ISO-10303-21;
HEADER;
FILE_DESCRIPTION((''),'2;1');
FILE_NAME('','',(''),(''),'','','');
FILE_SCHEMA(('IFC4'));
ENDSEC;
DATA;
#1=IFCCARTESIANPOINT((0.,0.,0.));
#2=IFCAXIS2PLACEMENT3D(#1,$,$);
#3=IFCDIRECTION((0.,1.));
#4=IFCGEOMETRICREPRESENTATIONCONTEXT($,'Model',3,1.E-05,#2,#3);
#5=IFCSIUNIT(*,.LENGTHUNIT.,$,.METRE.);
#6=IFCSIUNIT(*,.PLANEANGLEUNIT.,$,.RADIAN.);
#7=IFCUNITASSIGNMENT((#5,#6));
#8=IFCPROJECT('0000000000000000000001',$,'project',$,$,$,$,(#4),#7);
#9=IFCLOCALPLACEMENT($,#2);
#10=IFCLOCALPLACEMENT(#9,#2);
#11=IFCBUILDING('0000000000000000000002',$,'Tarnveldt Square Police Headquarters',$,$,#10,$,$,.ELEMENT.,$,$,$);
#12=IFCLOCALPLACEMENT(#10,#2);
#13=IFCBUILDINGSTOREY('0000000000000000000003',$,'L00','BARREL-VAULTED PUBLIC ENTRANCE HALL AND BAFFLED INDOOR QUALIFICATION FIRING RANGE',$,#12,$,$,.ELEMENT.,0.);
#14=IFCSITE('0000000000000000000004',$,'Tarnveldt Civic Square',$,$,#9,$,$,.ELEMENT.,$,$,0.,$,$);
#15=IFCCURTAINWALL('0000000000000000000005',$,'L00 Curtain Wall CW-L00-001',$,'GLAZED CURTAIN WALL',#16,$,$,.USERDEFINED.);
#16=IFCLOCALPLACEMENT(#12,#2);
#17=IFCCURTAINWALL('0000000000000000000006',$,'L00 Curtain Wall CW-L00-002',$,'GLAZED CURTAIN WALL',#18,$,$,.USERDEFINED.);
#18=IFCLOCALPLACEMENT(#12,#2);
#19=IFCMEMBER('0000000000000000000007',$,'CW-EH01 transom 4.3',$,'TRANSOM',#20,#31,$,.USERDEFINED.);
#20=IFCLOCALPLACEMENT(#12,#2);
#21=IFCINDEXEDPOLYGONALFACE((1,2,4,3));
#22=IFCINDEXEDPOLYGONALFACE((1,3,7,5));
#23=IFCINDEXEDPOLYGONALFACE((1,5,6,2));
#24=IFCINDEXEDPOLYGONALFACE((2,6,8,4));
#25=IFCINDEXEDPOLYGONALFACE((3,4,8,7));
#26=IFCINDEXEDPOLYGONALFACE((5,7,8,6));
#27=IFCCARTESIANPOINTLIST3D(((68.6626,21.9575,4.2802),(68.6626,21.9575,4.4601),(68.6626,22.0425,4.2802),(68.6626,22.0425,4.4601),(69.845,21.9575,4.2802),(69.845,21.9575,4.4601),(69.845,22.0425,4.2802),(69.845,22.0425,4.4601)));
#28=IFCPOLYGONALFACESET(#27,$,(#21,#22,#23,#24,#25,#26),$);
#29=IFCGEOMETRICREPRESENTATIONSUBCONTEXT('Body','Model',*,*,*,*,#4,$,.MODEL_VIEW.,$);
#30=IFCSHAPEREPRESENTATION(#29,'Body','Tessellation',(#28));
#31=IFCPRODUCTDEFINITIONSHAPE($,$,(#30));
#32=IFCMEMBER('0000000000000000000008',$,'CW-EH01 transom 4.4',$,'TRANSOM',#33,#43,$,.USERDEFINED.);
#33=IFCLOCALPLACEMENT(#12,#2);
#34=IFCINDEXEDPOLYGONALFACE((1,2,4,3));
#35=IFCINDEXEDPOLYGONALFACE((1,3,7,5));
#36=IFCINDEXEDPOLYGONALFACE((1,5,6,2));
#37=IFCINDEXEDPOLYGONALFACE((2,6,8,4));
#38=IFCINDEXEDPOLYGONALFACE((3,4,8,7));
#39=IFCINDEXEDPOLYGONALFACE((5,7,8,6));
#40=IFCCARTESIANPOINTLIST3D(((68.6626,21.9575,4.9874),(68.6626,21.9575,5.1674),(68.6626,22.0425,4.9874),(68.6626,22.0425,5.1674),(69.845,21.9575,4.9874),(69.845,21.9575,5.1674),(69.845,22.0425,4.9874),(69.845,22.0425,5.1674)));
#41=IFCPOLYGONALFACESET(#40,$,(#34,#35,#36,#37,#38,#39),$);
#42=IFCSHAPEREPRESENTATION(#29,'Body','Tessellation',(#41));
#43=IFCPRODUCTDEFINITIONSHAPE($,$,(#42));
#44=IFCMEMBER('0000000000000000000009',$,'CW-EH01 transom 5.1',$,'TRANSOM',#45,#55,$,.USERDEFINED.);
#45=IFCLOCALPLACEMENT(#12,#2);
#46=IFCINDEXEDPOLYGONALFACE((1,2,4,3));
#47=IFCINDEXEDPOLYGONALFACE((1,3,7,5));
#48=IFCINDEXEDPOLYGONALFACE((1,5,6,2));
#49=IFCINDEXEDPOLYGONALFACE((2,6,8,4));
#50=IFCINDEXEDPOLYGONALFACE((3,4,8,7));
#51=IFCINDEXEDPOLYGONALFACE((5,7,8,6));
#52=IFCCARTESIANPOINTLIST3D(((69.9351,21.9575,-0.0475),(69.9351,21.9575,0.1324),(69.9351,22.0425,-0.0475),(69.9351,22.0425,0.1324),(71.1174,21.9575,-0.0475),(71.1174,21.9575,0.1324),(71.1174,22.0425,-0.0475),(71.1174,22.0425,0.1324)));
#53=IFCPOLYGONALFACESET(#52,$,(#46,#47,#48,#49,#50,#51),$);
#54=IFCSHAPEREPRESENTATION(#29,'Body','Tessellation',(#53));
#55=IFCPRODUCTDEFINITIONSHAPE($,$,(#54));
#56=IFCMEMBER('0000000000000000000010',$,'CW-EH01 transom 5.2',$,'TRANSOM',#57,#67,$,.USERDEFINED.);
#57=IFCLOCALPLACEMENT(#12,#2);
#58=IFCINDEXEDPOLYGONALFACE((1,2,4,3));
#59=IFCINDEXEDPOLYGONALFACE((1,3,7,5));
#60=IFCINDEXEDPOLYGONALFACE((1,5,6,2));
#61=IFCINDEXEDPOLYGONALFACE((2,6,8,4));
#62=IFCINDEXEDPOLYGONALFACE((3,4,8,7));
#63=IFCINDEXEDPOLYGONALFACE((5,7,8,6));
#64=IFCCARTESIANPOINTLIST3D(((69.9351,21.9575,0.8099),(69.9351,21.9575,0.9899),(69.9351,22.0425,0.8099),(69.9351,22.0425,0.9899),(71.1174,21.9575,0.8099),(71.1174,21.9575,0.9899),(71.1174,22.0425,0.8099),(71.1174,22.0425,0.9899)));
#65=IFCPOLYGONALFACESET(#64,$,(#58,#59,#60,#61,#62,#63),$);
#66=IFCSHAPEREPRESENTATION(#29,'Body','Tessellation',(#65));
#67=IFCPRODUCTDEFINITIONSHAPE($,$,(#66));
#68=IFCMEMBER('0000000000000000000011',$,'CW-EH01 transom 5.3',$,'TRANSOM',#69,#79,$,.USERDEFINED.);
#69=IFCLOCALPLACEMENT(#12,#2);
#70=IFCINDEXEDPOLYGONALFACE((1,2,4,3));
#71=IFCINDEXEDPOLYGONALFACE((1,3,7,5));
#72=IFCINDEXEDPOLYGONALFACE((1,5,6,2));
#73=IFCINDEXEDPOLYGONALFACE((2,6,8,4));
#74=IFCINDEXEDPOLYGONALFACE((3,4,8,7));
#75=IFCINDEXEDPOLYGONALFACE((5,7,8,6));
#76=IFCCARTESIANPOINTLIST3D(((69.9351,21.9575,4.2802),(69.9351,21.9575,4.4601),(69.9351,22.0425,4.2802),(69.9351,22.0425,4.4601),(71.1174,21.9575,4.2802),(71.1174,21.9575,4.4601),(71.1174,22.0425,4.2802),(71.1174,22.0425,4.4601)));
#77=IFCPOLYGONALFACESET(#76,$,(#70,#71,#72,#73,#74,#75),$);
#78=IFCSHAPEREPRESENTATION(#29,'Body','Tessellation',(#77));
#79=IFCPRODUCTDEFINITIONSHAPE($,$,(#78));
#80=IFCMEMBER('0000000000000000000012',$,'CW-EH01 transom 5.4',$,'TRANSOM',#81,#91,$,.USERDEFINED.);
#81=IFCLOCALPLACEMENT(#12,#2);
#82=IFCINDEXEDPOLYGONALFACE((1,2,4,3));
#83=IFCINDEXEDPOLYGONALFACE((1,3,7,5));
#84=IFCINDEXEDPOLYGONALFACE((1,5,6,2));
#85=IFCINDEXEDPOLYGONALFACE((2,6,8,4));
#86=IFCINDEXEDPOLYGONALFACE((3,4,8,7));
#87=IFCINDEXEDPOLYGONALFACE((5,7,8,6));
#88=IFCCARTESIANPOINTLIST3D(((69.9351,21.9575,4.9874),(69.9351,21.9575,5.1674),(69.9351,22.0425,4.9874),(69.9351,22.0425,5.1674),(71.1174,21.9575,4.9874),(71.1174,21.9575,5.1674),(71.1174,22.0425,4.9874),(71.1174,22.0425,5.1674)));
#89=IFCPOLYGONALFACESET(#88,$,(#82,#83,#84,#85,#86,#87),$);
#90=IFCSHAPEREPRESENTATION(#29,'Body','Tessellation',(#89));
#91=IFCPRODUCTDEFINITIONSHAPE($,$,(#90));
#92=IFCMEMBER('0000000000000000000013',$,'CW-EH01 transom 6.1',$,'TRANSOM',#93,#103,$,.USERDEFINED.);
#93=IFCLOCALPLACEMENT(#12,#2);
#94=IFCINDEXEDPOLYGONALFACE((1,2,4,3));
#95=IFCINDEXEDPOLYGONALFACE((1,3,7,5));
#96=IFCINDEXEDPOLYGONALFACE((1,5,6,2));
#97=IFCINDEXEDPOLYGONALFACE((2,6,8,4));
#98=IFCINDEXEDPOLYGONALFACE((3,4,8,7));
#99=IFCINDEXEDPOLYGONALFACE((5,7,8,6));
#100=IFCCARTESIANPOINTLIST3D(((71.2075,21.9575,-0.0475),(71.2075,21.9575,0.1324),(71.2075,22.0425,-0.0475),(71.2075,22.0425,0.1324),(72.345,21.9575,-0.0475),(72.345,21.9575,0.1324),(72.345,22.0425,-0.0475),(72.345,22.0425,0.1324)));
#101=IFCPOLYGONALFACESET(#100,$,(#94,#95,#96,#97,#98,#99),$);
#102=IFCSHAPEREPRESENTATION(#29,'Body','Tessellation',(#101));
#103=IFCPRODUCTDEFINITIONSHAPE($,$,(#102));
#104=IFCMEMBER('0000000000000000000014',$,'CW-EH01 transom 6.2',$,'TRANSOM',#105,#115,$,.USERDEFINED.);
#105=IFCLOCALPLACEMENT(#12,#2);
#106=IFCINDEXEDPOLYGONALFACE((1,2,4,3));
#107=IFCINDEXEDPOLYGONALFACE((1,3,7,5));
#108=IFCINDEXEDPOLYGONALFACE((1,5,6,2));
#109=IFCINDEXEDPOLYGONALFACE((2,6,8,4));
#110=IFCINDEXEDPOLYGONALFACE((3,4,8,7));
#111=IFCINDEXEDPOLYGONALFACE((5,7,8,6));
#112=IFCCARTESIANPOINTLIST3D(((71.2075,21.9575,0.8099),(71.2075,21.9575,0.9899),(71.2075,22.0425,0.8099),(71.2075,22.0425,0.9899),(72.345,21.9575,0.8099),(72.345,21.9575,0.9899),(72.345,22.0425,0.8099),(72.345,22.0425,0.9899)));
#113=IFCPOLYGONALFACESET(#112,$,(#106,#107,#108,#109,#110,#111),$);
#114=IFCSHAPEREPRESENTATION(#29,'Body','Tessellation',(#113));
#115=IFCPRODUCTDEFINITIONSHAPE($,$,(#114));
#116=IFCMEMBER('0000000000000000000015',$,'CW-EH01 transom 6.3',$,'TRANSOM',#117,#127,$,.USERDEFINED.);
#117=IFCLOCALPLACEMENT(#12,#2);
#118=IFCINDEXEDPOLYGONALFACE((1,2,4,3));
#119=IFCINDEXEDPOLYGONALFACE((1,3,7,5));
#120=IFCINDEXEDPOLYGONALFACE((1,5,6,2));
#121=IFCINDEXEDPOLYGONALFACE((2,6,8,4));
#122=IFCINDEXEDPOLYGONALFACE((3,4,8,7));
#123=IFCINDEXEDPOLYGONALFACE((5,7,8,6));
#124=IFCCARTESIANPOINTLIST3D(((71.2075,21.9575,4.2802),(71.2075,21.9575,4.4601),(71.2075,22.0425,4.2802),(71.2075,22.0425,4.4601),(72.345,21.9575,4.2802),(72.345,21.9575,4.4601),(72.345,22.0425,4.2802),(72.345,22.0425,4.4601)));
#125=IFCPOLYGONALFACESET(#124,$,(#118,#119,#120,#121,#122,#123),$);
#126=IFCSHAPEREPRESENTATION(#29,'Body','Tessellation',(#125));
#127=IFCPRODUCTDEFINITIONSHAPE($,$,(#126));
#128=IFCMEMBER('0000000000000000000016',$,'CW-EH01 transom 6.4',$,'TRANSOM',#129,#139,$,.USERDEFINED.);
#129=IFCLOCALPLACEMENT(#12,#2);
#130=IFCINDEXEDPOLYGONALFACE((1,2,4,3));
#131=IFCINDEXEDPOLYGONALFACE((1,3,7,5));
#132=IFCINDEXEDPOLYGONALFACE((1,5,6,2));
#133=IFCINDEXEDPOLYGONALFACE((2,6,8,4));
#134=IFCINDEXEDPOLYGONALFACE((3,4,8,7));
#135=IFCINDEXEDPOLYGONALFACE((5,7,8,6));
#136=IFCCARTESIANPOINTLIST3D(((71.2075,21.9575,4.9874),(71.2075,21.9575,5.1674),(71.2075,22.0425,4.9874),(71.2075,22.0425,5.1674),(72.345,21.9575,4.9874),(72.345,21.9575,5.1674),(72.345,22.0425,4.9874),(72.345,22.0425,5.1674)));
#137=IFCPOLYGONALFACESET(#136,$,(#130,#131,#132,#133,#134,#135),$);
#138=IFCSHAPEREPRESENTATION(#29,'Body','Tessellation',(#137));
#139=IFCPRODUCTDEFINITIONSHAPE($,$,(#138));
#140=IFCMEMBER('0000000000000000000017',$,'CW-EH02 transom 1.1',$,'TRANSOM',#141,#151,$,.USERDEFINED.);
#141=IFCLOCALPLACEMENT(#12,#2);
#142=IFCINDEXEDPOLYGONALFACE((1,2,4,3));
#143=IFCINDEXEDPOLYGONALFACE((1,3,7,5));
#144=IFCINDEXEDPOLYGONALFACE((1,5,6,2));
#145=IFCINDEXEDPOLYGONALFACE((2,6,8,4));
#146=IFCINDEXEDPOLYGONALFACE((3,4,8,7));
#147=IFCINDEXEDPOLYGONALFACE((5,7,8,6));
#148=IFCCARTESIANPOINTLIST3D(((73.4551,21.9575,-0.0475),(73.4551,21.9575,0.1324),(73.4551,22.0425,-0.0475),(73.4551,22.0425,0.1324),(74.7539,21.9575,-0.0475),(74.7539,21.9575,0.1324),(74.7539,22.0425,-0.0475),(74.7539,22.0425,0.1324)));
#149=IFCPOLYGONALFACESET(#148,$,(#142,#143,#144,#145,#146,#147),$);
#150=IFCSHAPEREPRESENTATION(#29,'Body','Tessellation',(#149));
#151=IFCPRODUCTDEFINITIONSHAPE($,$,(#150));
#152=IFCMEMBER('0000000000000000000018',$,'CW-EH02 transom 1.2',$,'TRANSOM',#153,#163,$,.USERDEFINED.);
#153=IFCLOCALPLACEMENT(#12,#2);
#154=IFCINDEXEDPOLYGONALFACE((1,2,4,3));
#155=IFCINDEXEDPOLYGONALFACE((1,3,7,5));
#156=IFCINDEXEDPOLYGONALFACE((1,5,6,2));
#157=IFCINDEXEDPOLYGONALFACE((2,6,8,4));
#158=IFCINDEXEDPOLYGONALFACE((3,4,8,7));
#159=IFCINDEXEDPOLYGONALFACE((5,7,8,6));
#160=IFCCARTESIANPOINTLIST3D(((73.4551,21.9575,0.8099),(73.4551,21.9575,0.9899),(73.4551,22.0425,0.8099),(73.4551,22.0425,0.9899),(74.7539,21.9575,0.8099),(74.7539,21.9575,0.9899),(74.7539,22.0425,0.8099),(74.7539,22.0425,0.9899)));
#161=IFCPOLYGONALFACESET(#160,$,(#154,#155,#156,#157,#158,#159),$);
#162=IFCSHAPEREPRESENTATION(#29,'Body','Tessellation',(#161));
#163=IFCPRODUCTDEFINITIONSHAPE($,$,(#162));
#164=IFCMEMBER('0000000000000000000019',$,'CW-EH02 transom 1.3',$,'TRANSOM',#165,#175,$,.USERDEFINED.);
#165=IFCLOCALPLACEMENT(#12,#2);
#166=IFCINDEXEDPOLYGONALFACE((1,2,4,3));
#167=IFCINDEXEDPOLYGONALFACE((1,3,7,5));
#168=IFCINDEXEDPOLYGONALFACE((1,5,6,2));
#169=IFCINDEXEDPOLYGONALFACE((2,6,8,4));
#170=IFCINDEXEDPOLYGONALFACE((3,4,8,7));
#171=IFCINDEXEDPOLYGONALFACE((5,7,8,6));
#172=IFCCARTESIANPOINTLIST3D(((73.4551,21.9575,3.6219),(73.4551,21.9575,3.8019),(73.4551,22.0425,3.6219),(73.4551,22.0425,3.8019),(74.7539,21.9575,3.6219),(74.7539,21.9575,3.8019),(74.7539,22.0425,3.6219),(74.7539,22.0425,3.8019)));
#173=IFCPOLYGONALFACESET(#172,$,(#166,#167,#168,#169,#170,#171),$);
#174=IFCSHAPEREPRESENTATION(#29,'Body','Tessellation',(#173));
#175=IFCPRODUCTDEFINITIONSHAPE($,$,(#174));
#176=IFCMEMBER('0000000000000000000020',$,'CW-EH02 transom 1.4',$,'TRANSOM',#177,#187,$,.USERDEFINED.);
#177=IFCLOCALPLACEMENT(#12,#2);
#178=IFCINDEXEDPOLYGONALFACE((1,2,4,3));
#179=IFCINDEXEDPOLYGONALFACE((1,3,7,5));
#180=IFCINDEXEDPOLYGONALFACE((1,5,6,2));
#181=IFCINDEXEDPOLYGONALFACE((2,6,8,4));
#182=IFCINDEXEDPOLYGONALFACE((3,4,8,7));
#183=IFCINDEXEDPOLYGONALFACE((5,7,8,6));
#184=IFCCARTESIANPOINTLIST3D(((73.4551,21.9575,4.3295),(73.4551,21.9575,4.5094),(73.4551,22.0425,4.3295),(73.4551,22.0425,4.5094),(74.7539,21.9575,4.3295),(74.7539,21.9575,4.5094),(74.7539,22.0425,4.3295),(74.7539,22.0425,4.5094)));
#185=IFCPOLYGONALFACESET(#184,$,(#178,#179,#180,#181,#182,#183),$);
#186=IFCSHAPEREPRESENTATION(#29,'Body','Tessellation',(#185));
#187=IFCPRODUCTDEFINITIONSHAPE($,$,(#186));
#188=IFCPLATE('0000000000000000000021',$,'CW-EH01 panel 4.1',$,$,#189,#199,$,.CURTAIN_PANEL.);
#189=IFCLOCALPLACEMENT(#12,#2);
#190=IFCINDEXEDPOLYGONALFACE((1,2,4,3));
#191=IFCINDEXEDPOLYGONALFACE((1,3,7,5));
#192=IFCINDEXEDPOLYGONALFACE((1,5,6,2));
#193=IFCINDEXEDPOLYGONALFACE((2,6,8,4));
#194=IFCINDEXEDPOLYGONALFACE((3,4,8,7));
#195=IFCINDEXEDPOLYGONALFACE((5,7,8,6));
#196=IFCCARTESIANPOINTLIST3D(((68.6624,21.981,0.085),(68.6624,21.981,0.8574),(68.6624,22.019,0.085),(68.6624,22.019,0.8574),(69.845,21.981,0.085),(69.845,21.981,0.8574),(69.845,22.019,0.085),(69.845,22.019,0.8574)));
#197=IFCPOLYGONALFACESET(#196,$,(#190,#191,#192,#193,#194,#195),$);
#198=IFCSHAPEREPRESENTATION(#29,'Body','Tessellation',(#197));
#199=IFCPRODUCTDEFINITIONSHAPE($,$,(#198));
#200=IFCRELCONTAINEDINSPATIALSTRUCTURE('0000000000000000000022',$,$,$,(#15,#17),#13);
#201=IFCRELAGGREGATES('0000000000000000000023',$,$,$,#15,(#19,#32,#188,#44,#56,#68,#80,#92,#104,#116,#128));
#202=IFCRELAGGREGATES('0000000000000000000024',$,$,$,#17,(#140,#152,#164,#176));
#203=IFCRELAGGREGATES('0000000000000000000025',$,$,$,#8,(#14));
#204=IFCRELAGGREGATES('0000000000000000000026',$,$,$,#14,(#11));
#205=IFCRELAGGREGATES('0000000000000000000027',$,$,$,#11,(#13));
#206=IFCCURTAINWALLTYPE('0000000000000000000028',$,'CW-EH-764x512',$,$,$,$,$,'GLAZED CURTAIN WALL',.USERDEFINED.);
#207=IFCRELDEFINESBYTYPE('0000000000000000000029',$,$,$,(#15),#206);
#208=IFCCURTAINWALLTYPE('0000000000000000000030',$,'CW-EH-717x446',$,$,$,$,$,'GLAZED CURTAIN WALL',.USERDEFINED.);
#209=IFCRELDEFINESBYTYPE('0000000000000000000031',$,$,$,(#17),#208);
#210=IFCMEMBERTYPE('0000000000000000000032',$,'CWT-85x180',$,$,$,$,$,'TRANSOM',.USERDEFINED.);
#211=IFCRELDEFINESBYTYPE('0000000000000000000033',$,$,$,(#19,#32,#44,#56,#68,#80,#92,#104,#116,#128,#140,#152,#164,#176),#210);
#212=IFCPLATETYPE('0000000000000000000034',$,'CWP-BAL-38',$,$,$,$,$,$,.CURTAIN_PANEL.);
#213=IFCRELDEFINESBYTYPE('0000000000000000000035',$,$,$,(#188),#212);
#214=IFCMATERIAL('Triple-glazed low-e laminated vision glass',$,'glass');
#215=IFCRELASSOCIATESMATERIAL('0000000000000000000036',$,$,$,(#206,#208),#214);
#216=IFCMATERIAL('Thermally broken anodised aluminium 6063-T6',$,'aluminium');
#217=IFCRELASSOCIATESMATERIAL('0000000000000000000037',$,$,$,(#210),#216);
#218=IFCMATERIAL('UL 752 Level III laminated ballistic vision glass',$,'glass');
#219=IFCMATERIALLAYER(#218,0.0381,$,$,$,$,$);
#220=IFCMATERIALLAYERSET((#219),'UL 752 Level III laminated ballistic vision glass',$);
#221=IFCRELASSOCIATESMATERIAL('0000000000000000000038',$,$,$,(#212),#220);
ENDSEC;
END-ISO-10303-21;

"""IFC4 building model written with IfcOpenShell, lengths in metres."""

from ifc_helpers import new_model, si_unit, direction, frame, origin, origin_2d, place, context, subcontext, project, spatial, rectangle, extrude, material, layer, layer_set, material_profile, profile_set, type_object, element, aggregate, save


model = new_model("IFC4")

# Units and contexts
model_context = context("Model", 3, precision=1e-05, world=origin(), true_north=direction((0.0, 1.0)))
body_context = subcontext(model_context, "Body", "Model", "MODEL_VIEW")
ifc_project = project(units=[si_unit("LENGTHUNIT", "METRE"), si_unit("PLANEANGLEUNIT", "RADIAN")], contexts=[model_context])

# Site, building, storey
site_placement = place(None, origin())
site = spatial("IfcSite", under=ifc_project, at=site_placement, Name="Tarnveldt Civic Square", CompositionType="ELEMENT", RefElevation=0.0)
building_placement = place(site_placement, origin())
building = spatial("IfcBuilding", under=site, at=building_placement, Name="Tarnveldt Square Police Headquarters", CompositionType="ELEMENT")
storey_placement = place(building_placement, origin())
storey = spatial("IfcBuildingStorey", under=building, at=storey_placement, Name="L00", Description="BARREL-VAULTED PUBLIC ENTRANCE HALL AND BAFFLED INDOOR QUALIFICATION FIRING RANGE", CompositionType="ELEMENT", Elevation=0.0)

# Curtain wall
ifc_material_1 = material(Name="Triple-glazed low-e laminated vision glass", Category="glass")
curtain_wall_type_1 = type_object("IfcCurtainWallType", Name="CW-EH-764x512", ElementType="GLAZED CURTAIN WALL", PredefinedType="USERDEFINED", material=ifc_material_1)
curtain_wall_1_placement = place(storey_placement, origin())
curtain_wall_1 = element("IfcCurtainWall", 1, at=curtain_wall_1_placement, inside=storey, type_object=curtain_wall_type_1, Name="L00 Curtain Wall CW-L00-001", ObjectType="GLAZED CURTAIN WALL", PredefinedType="USERDEFINED")
ifc_material_2 = material(Name="Thermally broken anodised aluminium 6063-T6", Category="aluminium")

# Curtain wall
curtain_wall_type_2 = type_object("IfcCurtainWallType", Name="CW-EH-717x446", ElementType="GLAZED CURTAIN WALL", PredefinedType="USERDEFINED", material=ifc_material_1)
curtain_wall_2_placement = place(storey_placement, origin())
curtain_wall_2 = element("IfcCurtainWall", 2, at=curtain_wall_2_placement, inside=storey, type_object=curtain_wall_type_2, Name="L00 Curtain Wall CW-L00-002", ObjectType="GLAZED CURTAIN WALL", PredefinedType="USERDEFINED")

# Members
ifc_material_profile_1 = material_profile(ifc_material_2, rectangle(XDim=0.085, YDim=0.1799, at=origin_2d()), Name="CW-T85x180")
ifc_profile_set_1 = profile_set([ifc_material_profile_1], Name="Thermally broken anodised aluminium 6063-T6")
member_type_1 = type_object("IfcMemberType", Name="CWT-85x180", ElementType="TRANSOM", PredefinedType="USERDEFINED", material=ifc_profile_set_1)
member_1_placement = place(storey_placement, frame((68.6626, 22.0, 4.3701), z_axis=(1.0, 0.0, 0.0), x_axis=(0.0, 1.0, 0.0)))
member_1 = element("IfcMember", 3, at=member_1_placement, type_object=member_type_1, Name="CW-EH01 transom 4.3", ObjectType="TRANSOM", PredefinedType="USERDEFINED", context=body_context, shape_type="SweptSolid", body=[
    extrude(rectangle(XDim=0.085, YDim=0.1799, at=origin_2d()), origin(), (0.0, 0.0, 1.0), 1.1824),
])
member_2_placement = place(storey_placement, frame((68.6626, 22.0, 5.0774), z_axis=(1.0, 0.0, 0.0), x_axis=(0.0, 1.0, 0.0)))
member_2 = element("IfcMember", 4, at=member_2_placement, type_object=member_type_1, Name="CW-EH01 transom 4.4", ObjectType="TRANSOM", PredefinedType="USERDEFINED", context=body_context, shape_type="SweptSolid", body=[
    extrude(rectangle(XDim=0.085, YDim=0.1799, at=origin_2d()), origin(), (0.0, 0.0, 1.0), 1.1824),
])
member_3_placement = place(storey_placement, frame((69.9351, 22.0, 0.0425), z_axis=(1.0, 0.0, 0.0), x_axis=(0.0, 1.0, 0.0)))
member_3 = element("IfcMember", 5, at=member_3_placement, type_object=member_type_1, Name="CW-EH01 transom 5.1", ObjectType="TRANSOM", PredefinedType="USERDEFINED", context=body_context, shape_type="SweptSolid", body=[
    extrude(rectangle(XDim=0.085, YDim=0.1799, at=origin_2d()), origin(), (0.0, 0.0, 1.0), 1.1824),
])
member_4_placement = place(storey_placement, frame((69.9351, 22.0, 0.8999), z_axis=(1.0, 0.0, 0.0), x_axis=(0.0, 1.0, 0.0)))
member_4 = element("IfcMember", 6, at=member_4_placement, type_object=member_type_1, Name="CW-EH01 transom 5.2", ObjectType="TRANSOM", PredefinedType="USERDEFINED", context=body_context, shape_type="SweptSolid", body=[
    extrude(rectangle(XDim=0.085, YDim=0.1799, at=origin_2d()), origin(), (0.0, 0.0, 1.0), 1.1824),
])
member_5_placement = place(storey_placement, frame((69.9351, 22.0, 4.3701), z_axis=(1.0, 0.0, 0.0), x_axis=(0.0, 1.0, 0.0)))
member_5 = element("IfcMember", 7, at=member_5_placement, type_object=member_type_1, Name="CW-EH01 transom 5.3", ObjectType="TRANSOM", PredefinedType="USERDEFINED", context=body_context, shape_type="SweptSolid", body=[
    extrude(rectangle(XDim=0.085, YDim=0.1799, at=origin_2d()), origin(), (0.0, 0.0, 1.0), 1.1824),
])
member_6_placement = place(storey_placement, frame((69.9351, 22.0, 5.0774), z_axis=(1.0, 0.0, 0.0), x_axis=(0.0, 1.0, 0.0)))
member_6 = element("IfcMember", 8, at=member_6_placement, type_object=member_type_1, Name="CW-EH01 transom 5.4", ObjectType="TRANSOM", PredefinedType="USERDEFINED", context=body_context, shape_type="SweptSolid", body=[
    extrude(rectangle(XDim=0.085, YDim=0.1799, at=origin_2d()), origin(), (0.0, 0.0, 1.0), 1.1824),
])
member_7_placement = place(storey_placement, frame((71.2075, 22.0, 0.0425), z_axis=(1.0, 0.0, 0.0), x_axis=(0.0, 1.0, 0.0)))
member_7 = element("IfcMember", 9, at=member_7_placement, type_object=member_type_1, Name="CW-EH01 transom 6.1", ObjectType="TRANSOM", PredefinedType="USERDEFINED", context=body_context, shape_type="SweptSolid", body=[
    extrude(rectangle(XDim=0.085, YDim=0.1799, at=origin_2d()), origin(), (0.0, 0.0, 1.0), 1.1375),
])
member_8_placement = place(storey_placement, frame((71.2075, 22.0, 0.8999), z_axis=(1.0, 0.0, 0.0), x_axis=(0.0, 1.0, 0.0)))
member_8 = element("IfcMember", 10, at=member_8_placement, type_object=member_type_1, Name="CW-EH01 transom 6.2", ObjectType="TRANSOM", PredefinedType="USERDEFINED", context=body_context, shape_type="SweptSolid", body=[
    extrude(rectangle(XDim=0.085, YDim=0.1799, at=origin_2d()), origin(), (0.0, 0.0, 1.0), 1.1375),
])
member_9_placement = place(storey_placement, frame((71.2075, 22.0, 4.3701), z_axis=(1.0, 0.0, 0.0), x_axis=(0.0, 1.0, 0.0)))
member_9 = element("IfcMember", 11, at=member_9_placement, type_object=member_type_1, Name="CW-EH01 transom 6.3", ObjectType="TRANSOM", PredefinedType="USERDEFINED", context=body_context, shape_type="SweptSolid", body=[
    extrude(rectangle(XDim=0.085, YDim=0.1799, at=origin_2d()), origin(), (0.0, 0.0, 1.0), 1.1375),
])
member_10_placement = place(storey_placement, frame((71.2075, 22.0, 5.0774), z_axis=(1.0, 0.0, 0.0), x_axis=(0.0, 1.0, 0.0)))
member_10 = element("IfcMember", 12, at=member_10_placement, type_object=member_type_1, Name="CW-EH01 transom 6.4", ObjectType="TRANSOM", PredefinedType="USERDEFINED", context=body_context, shape_type="SweptSolid", body=[
    extrude(rectangle(XDim=0.085, YDim=0.1799, at=origin_2d()), origin(), (0.0, 0.0, 1.0), 1.1375),
])
member_11_placement = place(storey_placement, frame((73.4551, 22.0, 0.0425), z_axis=(1.0, 0.0, 0.0), x_axis=(0.0, 1.0, 0.0)))
member_11 = element("IfcMember", 13, at=member_11_placement, type_object=member_type_1, Name="CW-EH02 transom 1.1", ObjectType="TRANSOM", PredefinedType="USERDEFINED", context=body_context, shape_type="SweptSolid", body=[
    extrude(rectangle(XDim=0.085, YDim=0.1799, at=origin_2d()), origin(), (0.0, 0.0, 1.0), 1.2988),
])
member_12_placement = place(storey_placement, frame((73.4551, 22.0, 0.8999), z_axis=(1.0, 0.0, 0.0), x_axis=(0.0, 1.0, 0.0)))
member_12 = element("IfcMember", 14, at=member_12_placement, type_object=member_type_1, Name="CW-EH02 transom 1.2", ObjectType="TRANSOM", PredefinedType="USERDEFINED", context=body_context, shape_type="SweptSolid", body=[
    extrude(rectangle(XDim=0.085, YDim=0.1799, at=origin_2d()), origin(), (0.0, 0.0, 1.0), 1.2988),
])
member_13_placement = place(storey_placement, frame((73.4551, 22.0, 3.7119), z_axis=(1.0, 0.0, 0.0), x_axis=(0.0, 1.0, 0.0)))
member_13 = element("IfcMember", 15, at=member_13_placement, type_object=member_type_1, Name="CW-EH02 transom 1.3", ObjectType="TRANSOM", PredefinedType="USERDEFINED", context=body_context, shape_type="SweptSolid", body=[
    extrude(rectangle(XDim=0.085, YDim=0.1799, at=origin_2d()), origin(), (0.0, 0.0, 1.0), 1.2988),
])
member_14_placement = place(storey_placement, frame((73.4551, 22.0, 4.4194), z_axis=(1.0, 0.0, 0.0), x_axis=(0.0, 1.0, 0.0)))
member_14 = element("IfcMember", 16, at=member_14_placement, type_object=member_type_1, Name="CW-EH02 transom 1.4", ObjectType="TRANSOM", PredefinedType="USERDEFINED", context=body_context, shape_type="SweptSolid", body=[
    extrude(rectangle(XDim=0.085, YDim=0.1799, at=origin_2d()), origin(), (0.0, 0.0, 1.0), 1.2988),
])

# Plate
ifc_material_3 = material(Name="UL 752 Level III laminated ballistic vision glass", Category="glass")
ifc_layer = layer(ifc_material_3, 0.0381)
ifc_layer_set = layer_set([ifc_layer], Name="UL 752 Level III laminated ballistic vision glass")
plate_type = type_object("IfcPlateType", Name="CWP-BAL-38", PredefinedType="CURTAIN_PANEL", material=ifc_layer_set)
plate_1_placement = place(storey_placement, frame((69.2537, 22.0, 0.085), z_axis=(0.0, 0.0, 1.0), x_axis=(1.0, 0.0, 0.0)))
plate_1 = element("IfcPlate", 17, at=plate_1_placement, type_object=plate_type, Name="CW-EH01 panel 4.1", PredefinedType="CURTAIN_PANEL", context=body_context, shape_type="SweptSolid", body=[
    extrude(rectangle(XDim=1.1826, YDim=0.0381, at=origin_2d()), origin(), (0.0, 0.0, 1.0), 0.7725),
])
aggregate(curtain_wall_1, [member_1, member_2, plate_1, member_3, member_4, member_5, member_6, member_7, member_8, member_9, member_10])
aggregate(curtain_wall_2, [member_11, member_12, member_13, member_14])

save(model, "model.ifc")
